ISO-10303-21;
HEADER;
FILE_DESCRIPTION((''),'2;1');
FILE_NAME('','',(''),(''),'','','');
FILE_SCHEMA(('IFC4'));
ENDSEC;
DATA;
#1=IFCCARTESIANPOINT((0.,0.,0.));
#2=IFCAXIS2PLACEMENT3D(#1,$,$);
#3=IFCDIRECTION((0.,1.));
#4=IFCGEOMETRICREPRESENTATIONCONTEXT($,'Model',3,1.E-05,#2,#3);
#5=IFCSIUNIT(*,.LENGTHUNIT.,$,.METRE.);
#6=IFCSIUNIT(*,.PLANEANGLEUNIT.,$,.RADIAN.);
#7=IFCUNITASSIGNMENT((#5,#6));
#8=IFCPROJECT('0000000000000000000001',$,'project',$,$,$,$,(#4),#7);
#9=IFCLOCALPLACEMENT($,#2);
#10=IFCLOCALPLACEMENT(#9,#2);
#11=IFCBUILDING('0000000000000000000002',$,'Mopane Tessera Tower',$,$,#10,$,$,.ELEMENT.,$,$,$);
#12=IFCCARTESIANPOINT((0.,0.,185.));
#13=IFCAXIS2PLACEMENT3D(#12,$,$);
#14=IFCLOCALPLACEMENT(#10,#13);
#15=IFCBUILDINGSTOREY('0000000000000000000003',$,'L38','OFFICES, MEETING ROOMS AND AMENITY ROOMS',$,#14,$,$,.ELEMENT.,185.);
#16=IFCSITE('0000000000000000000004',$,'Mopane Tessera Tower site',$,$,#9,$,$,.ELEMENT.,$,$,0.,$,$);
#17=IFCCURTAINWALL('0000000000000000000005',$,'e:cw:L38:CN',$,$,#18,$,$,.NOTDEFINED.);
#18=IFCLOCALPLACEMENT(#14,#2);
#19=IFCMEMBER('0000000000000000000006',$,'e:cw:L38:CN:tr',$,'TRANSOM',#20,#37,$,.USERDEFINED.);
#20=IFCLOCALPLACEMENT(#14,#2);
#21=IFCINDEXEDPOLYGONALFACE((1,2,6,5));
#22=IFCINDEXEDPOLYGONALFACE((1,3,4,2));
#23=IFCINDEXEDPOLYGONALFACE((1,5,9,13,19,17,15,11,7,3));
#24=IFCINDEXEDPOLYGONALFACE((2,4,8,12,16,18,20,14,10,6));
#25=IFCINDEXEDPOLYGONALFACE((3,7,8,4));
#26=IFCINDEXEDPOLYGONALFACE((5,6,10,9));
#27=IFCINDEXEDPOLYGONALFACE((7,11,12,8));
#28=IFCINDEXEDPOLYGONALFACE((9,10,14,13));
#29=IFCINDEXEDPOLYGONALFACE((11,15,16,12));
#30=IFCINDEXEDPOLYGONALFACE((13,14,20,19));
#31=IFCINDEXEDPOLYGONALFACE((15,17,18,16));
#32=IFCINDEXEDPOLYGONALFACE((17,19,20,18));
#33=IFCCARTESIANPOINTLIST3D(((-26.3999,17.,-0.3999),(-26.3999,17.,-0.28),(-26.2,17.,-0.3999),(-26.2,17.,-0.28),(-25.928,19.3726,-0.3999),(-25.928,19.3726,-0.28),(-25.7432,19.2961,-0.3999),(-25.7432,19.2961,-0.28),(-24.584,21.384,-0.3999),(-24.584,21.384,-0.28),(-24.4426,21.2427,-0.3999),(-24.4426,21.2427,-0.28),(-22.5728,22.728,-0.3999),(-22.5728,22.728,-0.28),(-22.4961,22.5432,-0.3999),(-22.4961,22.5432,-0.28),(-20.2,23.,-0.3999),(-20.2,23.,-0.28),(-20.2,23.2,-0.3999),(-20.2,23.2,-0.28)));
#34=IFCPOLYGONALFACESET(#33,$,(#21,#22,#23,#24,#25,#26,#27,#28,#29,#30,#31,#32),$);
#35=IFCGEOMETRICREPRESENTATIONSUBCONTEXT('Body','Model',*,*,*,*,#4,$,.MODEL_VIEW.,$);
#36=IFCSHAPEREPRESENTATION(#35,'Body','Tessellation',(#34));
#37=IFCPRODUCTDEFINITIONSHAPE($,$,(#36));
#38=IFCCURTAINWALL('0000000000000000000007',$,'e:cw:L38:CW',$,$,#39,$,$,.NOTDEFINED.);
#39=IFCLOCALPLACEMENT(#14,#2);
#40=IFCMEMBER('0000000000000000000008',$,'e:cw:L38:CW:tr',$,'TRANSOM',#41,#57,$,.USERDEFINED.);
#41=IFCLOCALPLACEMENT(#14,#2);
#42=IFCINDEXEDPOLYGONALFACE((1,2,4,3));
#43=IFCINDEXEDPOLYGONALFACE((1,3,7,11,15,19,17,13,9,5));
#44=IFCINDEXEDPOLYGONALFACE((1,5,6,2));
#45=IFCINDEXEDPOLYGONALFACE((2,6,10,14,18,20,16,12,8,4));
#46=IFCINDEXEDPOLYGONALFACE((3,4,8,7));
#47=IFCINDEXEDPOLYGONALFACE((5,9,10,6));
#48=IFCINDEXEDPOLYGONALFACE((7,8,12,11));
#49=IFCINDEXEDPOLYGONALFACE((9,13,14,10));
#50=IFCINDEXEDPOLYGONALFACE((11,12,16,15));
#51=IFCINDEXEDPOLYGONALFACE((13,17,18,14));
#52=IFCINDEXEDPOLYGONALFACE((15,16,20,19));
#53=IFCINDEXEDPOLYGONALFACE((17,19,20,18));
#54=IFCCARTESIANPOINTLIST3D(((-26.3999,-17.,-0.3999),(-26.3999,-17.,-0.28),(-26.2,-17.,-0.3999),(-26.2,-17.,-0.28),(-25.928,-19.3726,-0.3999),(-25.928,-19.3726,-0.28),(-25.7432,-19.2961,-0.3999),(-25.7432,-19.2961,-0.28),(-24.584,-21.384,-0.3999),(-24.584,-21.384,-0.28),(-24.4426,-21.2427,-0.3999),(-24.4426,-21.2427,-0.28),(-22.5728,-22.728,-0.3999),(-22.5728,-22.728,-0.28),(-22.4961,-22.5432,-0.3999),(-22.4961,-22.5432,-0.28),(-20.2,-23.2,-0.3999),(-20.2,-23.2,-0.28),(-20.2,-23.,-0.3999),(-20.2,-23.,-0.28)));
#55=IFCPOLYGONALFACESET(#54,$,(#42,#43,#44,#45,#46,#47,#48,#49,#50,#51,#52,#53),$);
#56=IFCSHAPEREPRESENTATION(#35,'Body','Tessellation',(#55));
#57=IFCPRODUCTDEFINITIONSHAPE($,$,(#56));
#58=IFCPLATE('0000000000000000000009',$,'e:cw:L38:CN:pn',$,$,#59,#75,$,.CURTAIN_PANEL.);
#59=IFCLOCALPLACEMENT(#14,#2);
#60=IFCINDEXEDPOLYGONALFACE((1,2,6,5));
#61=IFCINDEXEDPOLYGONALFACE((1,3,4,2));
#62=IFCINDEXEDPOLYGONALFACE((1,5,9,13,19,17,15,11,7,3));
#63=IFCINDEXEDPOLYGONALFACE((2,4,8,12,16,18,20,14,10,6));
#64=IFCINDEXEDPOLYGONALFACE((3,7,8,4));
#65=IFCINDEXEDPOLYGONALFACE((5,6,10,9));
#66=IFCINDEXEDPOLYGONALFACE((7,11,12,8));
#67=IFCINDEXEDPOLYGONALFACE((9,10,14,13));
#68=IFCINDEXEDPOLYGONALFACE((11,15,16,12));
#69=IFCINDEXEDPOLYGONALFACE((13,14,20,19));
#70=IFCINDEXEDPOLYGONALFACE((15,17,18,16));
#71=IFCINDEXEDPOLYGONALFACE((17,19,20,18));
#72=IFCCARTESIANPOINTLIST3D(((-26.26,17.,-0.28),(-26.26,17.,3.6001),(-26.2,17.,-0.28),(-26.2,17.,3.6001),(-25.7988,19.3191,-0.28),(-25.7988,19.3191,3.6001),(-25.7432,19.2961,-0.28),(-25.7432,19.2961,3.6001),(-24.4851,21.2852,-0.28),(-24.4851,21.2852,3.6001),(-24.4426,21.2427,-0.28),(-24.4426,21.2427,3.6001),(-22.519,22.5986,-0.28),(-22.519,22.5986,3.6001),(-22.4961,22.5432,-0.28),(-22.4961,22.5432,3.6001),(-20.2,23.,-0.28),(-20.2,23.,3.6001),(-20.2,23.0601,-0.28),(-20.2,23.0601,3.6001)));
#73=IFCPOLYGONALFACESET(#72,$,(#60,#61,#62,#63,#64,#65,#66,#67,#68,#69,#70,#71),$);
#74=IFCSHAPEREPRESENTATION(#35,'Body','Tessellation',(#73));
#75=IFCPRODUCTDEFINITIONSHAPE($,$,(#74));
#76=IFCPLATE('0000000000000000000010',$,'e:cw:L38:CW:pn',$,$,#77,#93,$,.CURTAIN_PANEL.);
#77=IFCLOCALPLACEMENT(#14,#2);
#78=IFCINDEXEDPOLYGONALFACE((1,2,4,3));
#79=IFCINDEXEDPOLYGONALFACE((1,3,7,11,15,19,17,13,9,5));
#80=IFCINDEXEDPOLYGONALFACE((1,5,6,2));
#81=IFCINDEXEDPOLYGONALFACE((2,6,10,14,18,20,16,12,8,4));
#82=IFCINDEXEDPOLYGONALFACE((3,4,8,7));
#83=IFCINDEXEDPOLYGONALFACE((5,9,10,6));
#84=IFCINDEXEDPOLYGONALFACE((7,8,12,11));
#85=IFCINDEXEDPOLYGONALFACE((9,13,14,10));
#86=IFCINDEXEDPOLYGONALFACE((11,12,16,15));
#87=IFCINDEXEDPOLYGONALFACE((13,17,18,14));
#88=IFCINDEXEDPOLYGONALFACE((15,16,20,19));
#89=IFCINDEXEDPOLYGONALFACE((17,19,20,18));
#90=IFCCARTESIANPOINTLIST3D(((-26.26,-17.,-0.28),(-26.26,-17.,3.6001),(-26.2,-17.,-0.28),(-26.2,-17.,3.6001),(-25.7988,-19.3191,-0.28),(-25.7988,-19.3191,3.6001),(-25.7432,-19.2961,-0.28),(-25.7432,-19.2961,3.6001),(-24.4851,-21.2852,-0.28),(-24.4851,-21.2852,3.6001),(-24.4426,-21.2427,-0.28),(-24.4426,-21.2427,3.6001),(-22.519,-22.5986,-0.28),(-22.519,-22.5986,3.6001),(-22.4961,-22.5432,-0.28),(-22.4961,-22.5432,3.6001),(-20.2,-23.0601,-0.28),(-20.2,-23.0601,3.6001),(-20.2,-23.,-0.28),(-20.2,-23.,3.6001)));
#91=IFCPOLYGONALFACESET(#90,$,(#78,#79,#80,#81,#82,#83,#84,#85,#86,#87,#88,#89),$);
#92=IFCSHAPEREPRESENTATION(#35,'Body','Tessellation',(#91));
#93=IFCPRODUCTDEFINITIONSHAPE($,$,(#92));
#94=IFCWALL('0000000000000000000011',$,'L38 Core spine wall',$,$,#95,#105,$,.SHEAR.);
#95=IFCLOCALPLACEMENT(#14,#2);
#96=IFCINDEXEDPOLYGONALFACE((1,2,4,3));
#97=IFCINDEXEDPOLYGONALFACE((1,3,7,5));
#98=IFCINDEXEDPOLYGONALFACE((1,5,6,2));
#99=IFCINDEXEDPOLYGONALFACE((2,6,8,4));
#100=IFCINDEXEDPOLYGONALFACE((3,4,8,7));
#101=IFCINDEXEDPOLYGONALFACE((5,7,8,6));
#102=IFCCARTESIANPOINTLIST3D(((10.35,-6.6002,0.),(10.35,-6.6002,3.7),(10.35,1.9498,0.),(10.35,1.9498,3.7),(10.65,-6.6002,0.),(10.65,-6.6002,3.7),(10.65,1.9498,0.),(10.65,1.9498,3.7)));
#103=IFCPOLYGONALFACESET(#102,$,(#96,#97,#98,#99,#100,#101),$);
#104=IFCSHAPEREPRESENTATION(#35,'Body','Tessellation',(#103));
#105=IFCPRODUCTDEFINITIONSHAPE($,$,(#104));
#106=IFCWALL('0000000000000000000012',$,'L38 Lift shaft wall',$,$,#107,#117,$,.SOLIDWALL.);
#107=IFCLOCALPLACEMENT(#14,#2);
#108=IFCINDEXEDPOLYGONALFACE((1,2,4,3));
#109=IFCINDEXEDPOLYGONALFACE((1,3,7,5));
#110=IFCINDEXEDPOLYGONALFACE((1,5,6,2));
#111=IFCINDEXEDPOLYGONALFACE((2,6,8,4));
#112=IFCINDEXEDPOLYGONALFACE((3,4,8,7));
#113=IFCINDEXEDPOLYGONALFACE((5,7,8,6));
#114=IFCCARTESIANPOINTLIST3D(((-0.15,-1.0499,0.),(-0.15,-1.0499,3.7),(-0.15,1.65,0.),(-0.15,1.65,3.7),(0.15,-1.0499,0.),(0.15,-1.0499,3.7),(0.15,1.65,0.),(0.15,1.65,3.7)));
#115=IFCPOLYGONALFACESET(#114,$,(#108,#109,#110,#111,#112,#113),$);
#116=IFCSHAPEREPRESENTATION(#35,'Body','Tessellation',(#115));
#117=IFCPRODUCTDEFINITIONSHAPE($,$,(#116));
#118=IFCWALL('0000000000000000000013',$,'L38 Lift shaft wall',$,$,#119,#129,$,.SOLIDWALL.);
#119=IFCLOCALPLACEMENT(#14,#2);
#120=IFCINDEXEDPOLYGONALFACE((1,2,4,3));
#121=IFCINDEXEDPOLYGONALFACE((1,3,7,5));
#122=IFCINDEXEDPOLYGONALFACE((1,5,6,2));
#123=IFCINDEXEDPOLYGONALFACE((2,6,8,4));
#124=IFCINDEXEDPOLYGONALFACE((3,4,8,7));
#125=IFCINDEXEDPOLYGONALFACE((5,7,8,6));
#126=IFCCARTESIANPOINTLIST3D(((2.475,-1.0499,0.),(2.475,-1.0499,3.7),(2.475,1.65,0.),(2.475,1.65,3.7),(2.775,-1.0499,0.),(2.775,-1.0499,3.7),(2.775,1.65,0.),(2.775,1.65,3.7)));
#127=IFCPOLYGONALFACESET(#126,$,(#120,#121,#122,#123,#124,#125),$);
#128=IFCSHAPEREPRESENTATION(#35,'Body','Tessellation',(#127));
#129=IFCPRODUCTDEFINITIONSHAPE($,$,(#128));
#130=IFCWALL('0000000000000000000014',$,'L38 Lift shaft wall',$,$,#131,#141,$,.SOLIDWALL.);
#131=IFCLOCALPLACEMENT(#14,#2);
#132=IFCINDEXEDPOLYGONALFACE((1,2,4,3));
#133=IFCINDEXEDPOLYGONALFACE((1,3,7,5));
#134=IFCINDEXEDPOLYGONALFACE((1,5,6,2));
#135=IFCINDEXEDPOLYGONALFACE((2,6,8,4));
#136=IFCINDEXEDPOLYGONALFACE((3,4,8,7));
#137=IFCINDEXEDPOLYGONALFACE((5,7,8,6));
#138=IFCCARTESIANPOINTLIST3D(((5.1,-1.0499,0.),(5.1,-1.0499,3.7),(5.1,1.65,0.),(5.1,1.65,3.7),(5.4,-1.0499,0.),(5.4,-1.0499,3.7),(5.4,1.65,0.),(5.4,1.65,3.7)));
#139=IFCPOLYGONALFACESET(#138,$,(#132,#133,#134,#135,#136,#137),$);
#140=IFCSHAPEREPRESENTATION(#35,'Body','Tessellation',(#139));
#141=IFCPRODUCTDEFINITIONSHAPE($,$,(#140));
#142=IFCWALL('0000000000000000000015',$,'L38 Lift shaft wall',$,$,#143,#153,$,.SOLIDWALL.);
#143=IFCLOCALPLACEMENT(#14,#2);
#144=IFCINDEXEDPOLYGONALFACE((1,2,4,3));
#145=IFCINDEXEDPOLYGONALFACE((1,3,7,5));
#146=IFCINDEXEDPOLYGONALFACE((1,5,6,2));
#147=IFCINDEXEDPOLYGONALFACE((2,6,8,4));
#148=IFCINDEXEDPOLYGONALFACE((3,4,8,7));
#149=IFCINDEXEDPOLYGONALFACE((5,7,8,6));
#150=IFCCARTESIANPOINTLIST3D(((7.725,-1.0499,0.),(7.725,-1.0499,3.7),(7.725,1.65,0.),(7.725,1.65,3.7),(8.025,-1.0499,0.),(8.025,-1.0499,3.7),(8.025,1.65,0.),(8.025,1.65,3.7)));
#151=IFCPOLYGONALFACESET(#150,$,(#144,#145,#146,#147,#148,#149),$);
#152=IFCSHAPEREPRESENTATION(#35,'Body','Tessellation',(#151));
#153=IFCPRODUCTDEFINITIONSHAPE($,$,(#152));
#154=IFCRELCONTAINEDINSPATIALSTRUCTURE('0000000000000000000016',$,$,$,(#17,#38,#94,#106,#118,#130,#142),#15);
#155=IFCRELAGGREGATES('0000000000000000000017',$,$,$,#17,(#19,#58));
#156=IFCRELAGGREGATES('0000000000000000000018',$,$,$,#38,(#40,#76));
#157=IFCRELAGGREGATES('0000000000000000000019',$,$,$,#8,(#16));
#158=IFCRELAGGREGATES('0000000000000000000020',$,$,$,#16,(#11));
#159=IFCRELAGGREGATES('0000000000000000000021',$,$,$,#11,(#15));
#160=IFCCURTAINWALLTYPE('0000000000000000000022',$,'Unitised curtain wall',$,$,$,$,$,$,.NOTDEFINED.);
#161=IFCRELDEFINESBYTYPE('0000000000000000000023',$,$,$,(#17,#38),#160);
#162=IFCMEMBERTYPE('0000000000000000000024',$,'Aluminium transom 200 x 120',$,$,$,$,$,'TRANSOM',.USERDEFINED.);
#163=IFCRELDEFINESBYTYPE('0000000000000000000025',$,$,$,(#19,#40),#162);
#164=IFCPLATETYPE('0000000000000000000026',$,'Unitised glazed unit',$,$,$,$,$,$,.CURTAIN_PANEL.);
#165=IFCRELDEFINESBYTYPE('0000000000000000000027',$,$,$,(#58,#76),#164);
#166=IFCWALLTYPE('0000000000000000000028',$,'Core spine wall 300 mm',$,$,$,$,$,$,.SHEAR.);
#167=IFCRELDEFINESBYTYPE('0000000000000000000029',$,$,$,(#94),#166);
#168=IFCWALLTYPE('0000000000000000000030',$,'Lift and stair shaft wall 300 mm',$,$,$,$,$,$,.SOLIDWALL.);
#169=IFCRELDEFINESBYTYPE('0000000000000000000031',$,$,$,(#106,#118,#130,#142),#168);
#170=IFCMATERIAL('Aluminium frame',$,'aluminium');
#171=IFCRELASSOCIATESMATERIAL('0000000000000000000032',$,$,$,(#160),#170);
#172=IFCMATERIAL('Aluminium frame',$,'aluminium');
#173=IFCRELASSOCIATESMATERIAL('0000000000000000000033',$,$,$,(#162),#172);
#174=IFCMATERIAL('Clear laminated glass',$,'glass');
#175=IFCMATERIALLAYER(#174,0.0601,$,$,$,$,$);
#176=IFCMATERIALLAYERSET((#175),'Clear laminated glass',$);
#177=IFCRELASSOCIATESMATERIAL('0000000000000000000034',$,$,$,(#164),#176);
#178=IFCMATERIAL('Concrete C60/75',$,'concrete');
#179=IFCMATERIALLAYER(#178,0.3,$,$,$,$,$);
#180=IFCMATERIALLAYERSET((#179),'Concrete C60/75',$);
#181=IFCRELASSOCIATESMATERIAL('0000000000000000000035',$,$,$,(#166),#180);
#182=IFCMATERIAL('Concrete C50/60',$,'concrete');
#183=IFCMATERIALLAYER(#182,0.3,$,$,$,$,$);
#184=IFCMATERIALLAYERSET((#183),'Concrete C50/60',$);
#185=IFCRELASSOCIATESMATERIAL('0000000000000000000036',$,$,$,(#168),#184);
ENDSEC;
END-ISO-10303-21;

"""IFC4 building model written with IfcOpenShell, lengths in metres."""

from ifc_helpers import new_model, si_unit, direction, frame, frame_2d, origin, origin_2d, place, context, subcontext, project, spatial, polyline, rectangle, outline, extrude, material, layer, layer_set, material_profile, profile_set, type_object, element, aggregate, save


model = new_model("IFC4")

# Units and contexts
model_context = context("Model", 3, precision=1e-05, world=origin(), true_north=direction((0.0, 1.0)))
body_context = subcontext(model_context, "Body", "Model", "MODEL_VIEW")
ifc_project = project(units=[si_unit("LENGTHUNIT", "METRE"), si_unit("PLANEANGLEUNIT", "RADIAN")], contexts=[model_context])

# Site, building, storey
site_placement = place(None, origin())
site = spatial("IfcSite", under=ifc_project, at=site_placement, Name="Mopane Tessera Tower site", CompositionType="ELEMENT", RefElevation=0.0)
building_placement = place(site_placement, origin())
building = spatial("IfcBuilding", under=site, at=building_placement, Name="Mopane Tessera Tower", CompositionType="ELEMENT")
storey_placement = place(building_placement, frame((0.0, 0.0, 185.0)))
storey = spatial("IfcBuildingStorey", under=building, at=storey_placement, Name="L38", Description="OFFICES, MEETING ROOMS AND AMENITY ROOMS", CompositionType="ELEMENT", Elevation=185.0)

# Curtain walls, members
ifc_material_1 = material(Name="Aluminium frame", Category="aluminium")
curtain_wall_type = type_object("IfcCurtainWallType", Name="Unitised curtain wall", PredefinedType="NOTDEFINED", material=ifc_material_1)
curtain_wall_1_placement = place(storey_placement, origin())
curtain_wall_1 = element("IfcCurtainWall", 1, at=curtain_wall_1_placement, inside=storey, type_object=curtain_wall_type, Name="e:cw:L38:CN", PredefinedType="NOTDEFINED")
ifc_material_2 = material(Name="Aluminium frame", Category="aluminium")
ifc_material_profile = material_profile(ifc_material_2, rectangle(XDim=0.2, YDim=0.1201, at=origin_2d()))
ifc_profile_set = profile_set([ifc_material_profile], Name="Aluminium frame")
member_type = type_object("IfcMemberType", Name="Aluminium transom 200 x 120", ElementType="TRANSOM", PredefinedType="USERDEFINED", material=ifc_profile_set)
member_1_placement = place(storey_placement, frame((0.0, 0.0, -0.3999)))
member_1 = element("IfcMember", 2, at=member_1_placement, type_object=member_type, Name="e:cw:L38:CN:tr", ObjectType="TRANSOM", PredefinedType="USERDEFINED", context=body_context, shape_type="SweptSolid", body=[
    extrude(outline(polyline([(-20.2, 23.0), (-22.4961, 22.5432), (-24.4426, 21.2427), (-25.7432, 19.2961), (-26.2, 17.0), (-26.3999, 17.0), (-25.928, 19.3726), (-24.584, 21.384), (-22.5728, 22.728), (-20.2, 23.2), (-20.2, 23.0)])), origin(), (0.0, 0.0, 1.0), 0.1199),
])
curtain_wall_2_placement = place(storey_placement, origin())
curtain_wall_2 = element("IfcCurtainWall", 3, at=curtain_wall_2_placement, inside=storey, type_object=curtain_wall_type, Name="e:cw:L38:CW", PredefinedType="NOTDEFINED")
member_2_placement = place(storey_placement, frame((0.0, 0.0, -0.3999)))
member_2 = element("IfcMember", 4, at=member_2_placement, type_object=member_type, Name="e:cw:L38:CW:tr", ObjectType="TRANSOM", PredefinedType="USERDEFINED", context=body_context, shape_type="SweptSolid", body=[
    extrude(outline(polyline([(-26.2, -17.0), (-25.7432, -19.2961), (-24.4426, -21.2427), (-22.4961, -22.5432), (-20.2, -23.0), (-20.2, -23.2), (-22.5728, -22.728), (-24.584, -21.384), (-25.928, -19.3726), (-26.3999, -17.0), (-26.2, -17.0)])), origin(), (0.0, 0.0, 1.0), 0.1199),
])

# Plates
ifc_material_3 = material(Name="Clear laminated glass", Category="glass")
ifc_layer_1 = layer(ifc_material_3, 0.0601)
ifc_layer_set_1 = layer_set([ifc_layer_1], Name="Clear laminated glass")
plate_type = type_object("IfcPlateType", Name="Unitised glazed unit", PredefinedType="CURTAIN_PANEL", material=ifc_layer_set_1)
plate_1_placement = place(storey_placement, frame((0.0, 0.0, -0.28)))
plate_1 = element("IfcPlate", 5, at=plate_1_placement, type_object=plate_type, Name="e:cw:L38:CN:pn", PredefinedType="CURTAIN_PANEL", context=body_context, shape_type="SweptSolid", body=[
    extrude(outline(polyline([(-20.2, 23.0), (-22.4961, 22.5432), (-24.4426, 21.2427), (-25.7432, 19.2961), (-26.2, 17.0), (-26.26, 17.0), (-25.7988, 19.3191), (-24.4851, 21.2852), (-22.519, 22.5986), (-20.2, 23.0601), (-20.2, 23.0)])), origin(), (0.0, 0.0, 1.0), 3.8801),
])
aggregate(curtain_wall_1, [member_1, plate_1])
plate_2_placement = place(storey_placement, frame((0.0, 0.0, -0.28)))
plate_2 = element("IfcPlate", 6, at=plate_2_placement, type_object=plate_type, Name="e:cw:L38:CW:pn", PredefinedType="CURTAIN_PANEL", context=body_context, shape_type="SweptSolid", body=[
    extrude(outline(polyline([(-26.2, -17.0), (-25.7432, -19.2961), (-24.4426, -21.2427), (-22.4961, -22.5432), (-20.2, -23.0), (-20.2, -23.0601), (-22.519, -22.5986), (-24.4851, -21.2852), (-25.7988, -19.3191), (-26.26, -17.0), (-26.2, -17.0)])), origin(), (0.0, 0.0, 1.0), 3.8801),
])
aggregate(curtain_wall_2, [member_2, plate_2])

# Walls
ifc_material_4 = material(Name="Concrete C60/75", Category="concrete")
ifc_layer_2 = layer(ifc_material_4, 0.3)
ifc_layer_set_2 = layer_set([ifc_layer_2], Name="Concrete C60/75")
wall_type_1 = type_object("IfcWallType", Name="Core spine wall 300 mm", PredefinedType="SHEAR", material=ifc_layer_set_2)
wall_1_placement = place(storey_placement, frame((10.5, -6.6001, 0.0), z_axis=(0.0, 0.0, 1.0), x_axis=(0.0, 1.0, 0.0)))
element("IfcWall", 7, at=wall_1_placement, inside=storey, type_object=wall_type_1, Name="L38 Core spine wall", PredefinedType="SHEAR", context=body_context, shape_type="SweptSolid", body=[
    extrude(rectangle(XDim=8.55, YDim=0.3, at=frame_2d((4.2749, 0.0))), origin(), (0.0, 0.0, 1.0), 3.7),
])
ifc_material_5 = material(Name="Concrete C50/60", Category="concrete")
ifc_layer_3 = layer(ifc_material_5, 0.3)
ifc_layer_set_3 = layer_set([ifc_layer_3], Name="Concrete C50/60")
wall_type_2 = type_object("IfcWallType", Name="Lift and stair shaft wall 300 mm", PredefinedType="SOLIDWALL", material=ifc_layer_set_3)
for number, where, z_axis, x_axis, name in (
    (8, (0.0, -1.05, 0.0), (0.0, 0.0, 1.0), (0.0, 1.0, 0.0), "L38 Lift shaft wall"),
    (9, (2.625, -1.05, 0.0), (0.0, 0.0, 1.0), (0.0, 1.0, 0.0), "L38 Lift shaft wall"),
    (10, (5.25, -1.05, 0.0), (0.0, 0.0, 1.0), (0.0, 1.0, 0.0), "L38 Lift shaft wall"),
    (11, (7.875, -1.05, 0.0), (0.0, 0.0, 1.0), (0.0, 1.0, 0.0), "L38 Lift shaft wall"),
):
    element("IfcWall", number, at=place(storey_placement, frame(where, z_axis=z_axis, x_axis=x_axis)), inside=storey, type_object=wall_type_2, Name=name, PredefinedType="SOLIDWALL", context=body_context, shape_type="SweptSolid", body=[
        extrude(rectangle(XDim=2.7, YDim=0.3, at=frame_2d((1.3501, 0.0))), origin(), (0.0, 0.0, 1.0), 3.7),
    ])

save(model, "model.ifc")
